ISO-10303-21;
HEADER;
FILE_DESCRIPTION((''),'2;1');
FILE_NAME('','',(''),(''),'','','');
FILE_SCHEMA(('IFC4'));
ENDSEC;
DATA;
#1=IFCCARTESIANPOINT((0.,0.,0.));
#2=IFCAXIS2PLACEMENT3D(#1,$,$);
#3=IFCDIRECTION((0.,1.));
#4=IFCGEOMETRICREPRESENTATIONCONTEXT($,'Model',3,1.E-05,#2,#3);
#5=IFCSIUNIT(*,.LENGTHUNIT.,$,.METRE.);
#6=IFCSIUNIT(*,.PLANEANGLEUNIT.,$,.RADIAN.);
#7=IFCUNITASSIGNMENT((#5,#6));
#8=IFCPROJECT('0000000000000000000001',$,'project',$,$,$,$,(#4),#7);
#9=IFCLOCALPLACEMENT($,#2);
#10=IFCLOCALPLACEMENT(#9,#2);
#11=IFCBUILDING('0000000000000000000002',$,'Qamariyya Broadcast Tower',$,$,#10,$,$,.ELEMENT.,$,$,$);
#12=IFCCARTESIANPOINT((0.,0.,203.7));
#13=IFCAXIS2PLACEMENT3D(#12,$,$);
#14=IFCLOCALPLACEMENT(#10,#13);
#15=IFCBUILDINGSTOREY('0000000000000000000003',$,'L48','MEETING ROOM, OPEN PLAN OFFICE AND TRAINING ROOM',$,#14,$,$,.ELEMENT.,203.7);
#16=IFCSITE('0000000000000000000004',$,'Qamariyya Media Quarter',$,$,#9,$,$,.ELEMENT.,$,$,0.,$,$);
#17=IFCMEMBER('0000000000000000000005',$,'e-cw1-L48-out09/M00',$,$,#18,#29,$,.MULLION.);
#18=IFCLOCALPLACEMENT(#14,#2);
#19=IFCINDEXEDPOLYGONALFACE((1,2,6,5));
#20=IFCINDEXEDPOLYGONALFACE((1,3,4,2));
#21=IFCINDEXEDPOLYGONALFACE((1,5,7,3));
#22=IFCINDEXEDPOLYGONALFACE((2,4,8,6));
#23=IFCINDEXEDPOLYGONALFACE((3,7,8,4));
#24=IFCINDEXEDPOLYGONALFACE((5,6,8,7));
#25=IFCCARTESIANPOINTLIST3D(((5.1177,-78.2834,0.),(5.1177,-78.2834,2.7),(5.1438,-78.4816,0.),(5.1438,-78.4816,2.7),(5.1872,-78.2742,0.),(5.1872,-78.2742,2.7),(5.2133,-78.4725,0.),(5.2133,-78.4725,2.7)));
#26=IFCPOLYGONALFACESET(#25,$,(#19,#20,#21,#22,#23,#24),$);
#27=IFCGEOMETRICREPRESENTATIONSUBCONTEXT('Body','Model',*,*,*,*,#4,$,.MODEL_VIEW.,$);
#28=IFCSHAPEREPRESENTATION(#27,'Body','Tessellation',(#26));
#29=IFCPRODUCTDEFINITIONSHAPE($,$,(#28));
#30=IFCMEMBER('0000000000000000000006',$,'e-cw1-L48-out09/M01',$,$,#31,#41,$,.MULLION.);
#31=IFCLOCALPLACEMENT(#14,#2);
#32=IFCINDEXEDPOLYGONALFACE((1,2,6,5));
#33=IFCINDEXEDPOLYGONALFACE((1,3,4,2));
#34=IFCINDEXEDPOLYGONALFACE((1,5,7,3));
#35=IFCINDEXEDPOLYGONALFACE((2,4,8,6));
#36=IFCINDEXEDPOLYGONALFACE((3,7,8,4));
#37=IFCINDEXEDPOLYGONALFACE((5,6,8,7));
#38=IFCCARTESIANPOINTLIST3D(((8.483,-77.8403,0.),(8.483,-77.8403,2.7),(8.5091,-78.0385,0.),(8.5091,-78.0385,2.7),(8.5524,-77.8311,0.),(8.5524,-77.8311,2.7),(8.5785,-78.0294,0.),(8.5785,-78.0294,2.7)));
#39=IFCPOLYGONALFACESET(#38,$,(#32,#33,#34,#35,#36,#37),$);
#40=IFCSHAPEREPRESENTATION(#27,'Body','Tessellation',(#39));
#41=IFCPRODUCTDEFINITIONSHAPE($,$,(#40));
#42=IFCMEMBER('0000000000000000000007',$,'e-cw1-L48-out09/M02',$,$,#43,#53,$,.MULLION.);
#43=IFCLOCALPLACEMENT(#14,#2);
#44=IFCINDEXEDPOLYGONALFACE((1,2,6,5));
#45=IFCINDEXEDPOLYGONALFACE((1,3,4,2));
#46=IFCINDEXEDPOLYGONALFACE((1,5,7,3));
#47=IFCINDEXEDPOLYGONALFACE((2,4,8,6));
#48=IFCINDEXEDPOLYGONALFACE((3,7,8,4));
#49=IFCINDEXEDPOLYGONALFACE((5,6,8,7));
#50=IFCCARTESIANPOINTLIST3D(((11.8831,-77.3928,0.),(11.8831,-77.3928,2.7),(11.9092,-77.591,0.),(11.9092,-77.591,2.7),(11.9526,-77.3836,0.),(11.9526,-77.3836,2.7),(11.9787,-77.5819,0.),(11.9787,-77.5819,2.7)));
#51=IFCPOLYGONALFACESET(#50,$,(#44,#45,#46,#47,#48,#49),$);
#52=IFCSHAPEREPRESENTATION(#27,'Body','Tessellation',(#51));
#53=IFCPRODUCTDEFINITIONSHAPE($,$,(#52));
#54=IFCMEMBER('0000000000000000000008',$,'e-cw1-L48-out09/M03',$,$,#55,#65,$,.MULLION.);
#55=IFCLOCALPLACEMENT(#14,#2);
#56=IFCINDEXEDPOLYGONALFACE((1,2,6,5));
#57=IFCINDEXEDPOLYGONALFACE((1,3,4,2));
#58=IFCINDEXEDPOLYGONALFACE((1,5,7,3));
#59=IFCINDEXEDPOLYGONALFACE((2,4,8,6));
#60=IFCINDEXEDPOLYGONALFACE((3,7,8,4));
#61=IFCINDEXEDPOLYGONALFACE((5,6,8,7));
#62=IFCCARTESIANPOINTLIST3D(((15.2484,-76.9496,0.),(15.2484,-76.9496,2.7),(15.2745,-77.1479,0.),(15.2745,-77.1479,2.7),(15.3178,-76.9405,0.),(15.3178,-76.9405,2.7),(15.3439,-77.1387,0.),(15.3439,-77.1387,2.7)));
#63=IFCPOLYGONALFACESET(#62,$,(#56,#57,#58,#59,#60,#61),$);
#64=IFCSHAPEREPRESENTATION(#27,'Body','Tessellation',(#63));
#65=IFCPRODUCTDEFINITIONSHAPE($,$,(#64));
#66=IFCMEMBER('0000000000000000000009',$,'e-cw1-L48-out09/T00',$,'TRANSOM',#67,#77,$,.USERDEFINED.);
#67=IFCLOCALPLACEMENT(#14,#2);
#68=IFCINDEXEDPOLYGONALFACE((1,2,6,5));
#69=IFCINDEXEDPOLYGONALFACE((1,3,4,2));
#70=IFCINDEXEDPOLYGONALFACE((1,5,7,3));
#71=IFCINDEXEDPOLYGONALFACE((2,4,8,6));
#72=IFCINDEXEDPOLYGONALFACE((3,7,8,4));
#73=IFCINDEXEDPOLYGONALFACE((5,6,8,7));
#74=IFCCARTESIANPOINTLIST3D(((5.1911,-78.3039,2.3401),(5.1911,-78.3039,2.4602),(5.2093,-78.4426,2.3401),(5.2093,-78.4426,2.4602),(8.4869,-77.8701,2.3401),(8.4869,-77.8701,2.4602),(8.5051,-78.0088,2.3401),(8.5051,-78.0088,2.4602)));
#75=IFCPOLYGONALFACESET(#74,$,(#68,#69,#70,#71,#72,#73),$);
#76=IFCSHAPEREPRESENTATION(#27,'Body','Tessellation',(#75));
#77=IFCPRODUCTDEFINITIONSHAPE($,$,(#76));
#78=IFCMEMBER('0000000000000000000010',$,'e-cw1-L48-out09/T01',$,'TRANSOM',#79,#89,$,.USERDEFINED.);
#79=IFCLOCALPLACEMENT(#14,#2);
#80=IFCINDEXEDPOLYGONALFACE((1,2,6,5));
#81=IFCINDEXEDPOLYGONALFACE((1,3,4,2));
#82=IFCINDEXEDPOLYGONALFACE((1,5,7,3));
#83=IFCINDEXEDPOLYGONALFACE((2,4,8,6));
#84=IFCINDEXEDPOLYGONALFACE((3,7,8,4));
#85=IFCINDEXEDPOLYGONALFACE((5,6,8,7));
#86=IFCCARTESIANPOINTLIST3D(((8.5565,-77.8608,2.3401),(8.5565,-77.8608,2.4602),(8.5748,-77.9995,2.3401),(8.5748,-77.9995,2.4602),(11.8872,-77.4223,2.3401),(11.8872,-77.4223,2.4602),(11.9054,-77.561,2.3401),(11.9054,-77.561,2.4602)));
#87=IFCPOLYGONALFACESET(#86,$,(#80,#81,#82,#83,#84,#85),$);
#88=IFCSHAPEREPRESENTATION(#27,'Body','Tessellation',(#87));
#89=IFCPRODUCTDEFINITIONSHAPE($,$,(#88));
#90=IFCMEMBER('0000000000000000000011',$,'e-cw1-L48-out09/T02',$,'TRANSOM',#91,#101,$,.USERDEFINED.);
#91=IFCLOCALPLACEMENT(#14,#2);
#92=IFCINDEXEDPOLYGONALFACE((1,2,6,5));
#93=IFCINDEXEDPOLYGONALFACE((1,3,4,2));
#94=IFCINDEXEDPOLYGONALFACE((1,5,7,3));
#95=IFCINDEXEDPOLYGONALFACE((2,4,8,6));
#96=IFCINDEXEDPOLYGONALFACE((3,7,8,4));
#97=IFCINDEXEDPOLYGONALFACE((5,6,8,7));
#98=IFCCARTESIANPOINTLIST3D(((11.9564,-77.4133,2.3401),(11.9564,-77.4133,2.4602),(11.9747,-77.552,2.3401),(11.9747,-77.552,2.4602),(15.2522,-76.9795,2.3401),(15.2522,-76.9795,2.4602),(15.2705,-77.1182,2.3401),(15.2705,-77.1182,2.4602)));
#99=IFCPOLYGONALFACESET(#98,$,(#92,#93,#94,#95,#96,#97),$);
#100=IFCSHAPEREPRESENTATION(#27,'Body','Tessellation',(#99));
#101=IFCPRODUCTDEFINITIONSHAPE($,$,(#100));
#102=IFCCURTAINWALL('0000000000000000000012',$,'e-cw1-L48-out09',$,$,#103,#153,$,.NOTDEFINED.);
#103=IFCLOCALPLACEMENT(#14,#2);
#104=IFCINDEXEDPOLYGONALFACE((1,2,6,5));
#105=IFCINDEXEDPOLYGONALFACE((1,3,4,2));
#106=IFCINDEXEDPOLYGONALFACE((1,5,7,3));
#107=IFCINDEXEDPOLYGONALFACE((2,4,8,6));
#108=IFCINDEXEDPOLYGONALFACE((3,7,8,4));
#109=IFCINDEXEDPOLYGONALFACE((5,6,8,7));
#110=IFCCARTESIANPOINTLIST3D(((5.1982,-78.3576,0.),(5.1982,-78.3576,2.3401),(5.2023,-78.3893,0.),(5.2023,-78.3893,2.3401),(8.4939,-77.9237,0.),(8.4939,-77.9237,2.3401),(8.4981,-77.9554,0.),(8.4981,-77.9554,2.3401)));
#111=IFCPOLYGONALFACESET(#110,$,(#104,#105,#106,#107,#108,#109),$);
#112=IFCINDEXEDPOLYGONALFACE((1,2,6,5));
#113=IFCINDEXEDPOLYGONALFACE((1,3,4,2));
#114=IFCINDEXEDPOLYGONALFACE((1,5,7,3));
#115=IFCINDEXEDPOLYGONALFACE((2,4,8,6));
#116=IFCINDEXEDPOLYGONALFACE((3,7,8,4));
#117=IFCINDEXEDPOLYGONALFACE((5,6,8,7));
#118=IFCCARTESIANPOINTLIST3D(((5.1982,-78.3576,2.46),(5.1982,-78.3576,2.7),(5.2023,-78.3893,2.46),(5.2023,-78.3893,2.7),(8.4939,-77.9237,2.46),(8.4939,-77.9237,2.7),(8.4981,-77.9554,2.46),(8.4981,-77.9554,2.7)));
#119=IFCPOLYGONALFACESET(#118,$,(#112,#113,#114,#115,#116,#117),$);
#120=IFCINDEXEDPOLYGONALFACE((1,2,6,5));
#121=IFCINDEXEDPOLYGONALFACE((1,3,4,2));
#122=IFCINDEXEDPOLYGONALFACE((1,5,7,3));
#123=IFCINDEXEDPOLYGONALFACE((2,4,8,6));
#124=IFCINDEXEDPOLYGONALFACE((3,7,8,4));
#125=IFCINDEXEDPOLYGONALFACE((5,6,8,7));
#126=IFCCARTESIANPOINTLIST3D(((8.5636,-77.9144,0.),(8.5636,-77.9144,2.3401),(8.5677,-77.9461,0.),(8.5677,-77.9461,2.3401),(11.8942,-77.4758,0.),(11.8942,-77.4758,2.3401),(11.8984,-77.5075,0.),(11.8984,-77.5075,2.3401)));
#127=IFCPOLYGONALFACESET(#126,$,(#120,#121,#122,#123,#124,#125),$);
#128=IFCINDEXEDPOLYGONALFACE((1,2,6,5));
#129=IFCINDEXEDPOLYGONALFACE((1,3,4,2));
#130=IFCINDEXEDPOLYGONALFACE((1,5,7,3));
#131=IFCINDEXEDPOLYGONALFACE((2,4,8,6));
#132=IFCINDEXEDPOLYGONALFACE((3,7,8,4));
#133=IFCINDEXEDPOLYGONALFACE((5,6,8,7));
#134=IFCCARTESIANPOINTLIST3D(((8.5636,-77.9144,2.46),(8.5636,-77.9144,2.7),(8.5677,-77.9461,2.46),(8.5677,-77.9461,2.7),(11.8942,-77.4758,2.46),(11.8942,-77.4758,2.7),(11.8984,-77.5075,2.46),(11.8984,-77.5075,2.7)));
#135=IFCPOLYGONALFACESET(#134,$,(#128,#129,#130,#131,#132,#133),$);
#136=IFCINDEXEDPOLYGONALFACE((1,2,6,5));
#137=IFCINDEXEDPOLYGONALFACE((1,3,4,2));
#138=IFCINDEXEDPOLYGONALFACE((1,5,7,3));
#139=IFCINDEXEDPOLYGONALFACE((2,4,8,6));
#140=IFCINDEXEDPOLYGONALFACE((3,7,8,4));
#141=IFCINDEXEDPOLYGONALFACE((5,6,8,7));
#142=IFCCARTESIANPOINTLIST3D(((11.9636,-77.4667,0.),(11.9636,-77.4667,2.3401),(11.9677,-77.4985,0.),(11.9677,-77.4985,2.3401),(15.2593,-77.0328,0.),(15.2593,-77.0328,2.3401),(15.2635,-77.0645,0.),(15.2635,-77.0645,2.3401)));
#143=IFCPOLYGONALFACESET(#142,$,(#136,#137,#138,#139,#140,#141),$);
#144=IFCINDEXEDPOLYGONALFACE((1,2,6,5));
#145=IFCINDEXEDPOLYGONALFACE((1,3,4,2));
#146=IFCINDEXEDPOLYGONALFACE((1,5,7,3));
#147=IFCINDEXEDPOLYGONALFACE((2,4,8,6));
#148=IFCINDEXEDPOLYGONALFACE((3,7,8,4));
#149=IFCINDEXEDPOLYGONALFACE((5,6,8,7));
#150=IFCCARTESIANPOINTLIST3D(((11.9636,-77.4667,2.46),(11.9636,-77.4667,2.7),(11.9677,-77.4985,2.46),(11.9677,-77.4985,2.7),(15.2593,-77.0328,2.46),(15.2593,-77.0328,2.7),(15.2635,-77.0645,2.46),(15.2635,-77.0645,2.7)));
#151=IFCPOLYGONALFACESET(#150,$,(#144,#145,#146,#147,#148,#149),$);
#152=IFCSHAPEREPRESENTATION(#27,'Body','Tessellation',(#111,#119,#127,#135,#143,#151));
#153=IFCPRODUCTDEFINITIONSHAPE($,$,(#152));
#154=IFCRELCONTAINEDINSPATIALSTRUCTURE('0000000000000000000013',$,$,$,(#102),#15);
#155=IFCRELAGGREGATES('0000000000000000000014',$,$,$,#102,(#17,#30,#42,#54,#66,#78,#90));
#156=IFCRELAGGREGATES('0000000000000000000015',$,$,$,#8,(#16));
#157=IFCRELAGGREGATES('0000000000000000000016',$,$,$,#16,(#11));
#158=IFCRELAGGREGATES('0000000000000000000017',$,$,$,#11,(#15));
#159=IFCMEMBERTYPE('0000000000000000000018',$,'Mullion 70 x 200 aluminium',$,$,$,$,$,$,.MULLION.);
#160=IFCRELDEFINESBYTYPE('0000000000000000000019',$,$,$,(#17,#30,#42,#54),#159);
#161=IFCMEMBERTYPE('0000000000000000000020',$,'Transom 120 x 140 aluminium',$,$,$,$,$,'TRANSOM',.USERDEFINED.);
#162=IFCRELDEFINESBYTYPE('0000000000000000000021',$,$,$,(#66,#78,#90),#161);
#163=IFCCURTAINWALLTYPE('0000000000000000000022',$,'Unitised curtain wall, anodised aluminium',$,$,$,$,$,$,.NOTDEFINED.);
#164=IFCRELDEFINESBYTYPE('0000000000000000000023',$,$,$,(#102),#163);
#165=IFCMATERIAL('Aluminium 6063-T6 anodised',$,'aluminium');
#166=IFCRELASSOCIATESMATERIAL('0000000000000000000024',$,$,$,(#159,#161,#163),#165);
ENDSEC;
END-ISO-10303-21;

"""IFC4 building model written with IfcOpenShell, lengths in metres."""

from ifc_helpers import new_model, si_unit, direction, frame, origin, origin_2d, place, context, subcontext, project, spatial, rectangle, extrude, material, material_profile, profile_set, type_object, element, aggregate, save


model = new_model("IFC4")

# Units and contexts
model_context = context("Model", 3, precision=1e-05, world=origin(), true_north=direction((0.0, 1.0)))
body_context = subcontext(model_context, "Body", "Model", "MODEL_VIEW")
ifc_project = project(units=[si_unit("LENGTHUNIT", "METRE"), si_unit("PLANEANGLEUNIT", "RADIAN")], contexts=[model_context])

# Members
ifc_material = material(Name="Aluminium 6063-T6 anodised", Category="aluminium")
ifc_material_profile_1 = material_profile(ifc_material, rectangle(XDim=0.2, YDim=0.0701, at=origin_2d()))
ifc_profile_set_1 = profile_set([ifc_material_profile_1], Name="Aluminium 6063-T6 anodised")
member_type_1 = type_object("IfcMemberType", Name="Mullion 70 x 200 aluminium", PredefinedType="MULLION", material=ifc_profile_set_1)
site_placement = place(None, origin())
building_placement = place(site_placement, origin())
storey_placement = place(building_placement, frame((0.0, 0.0, 203.7)))
member_1_placement = place(storey_placement, frame((5.1655, -78.3779, 0.0), z_axis=(0.0, 0.0, 1.0), x_axis=(-0.130526, 0.991445, 0.0)))
member_1 = element("IfcMember", 1, at=member_1_placement, type_object=member_type_1, Name="e-cw1-L48-out09/M00", PredefinedType="MULLION", context=body_context, shape_type="SweptSolid", body=[
    extrude(rectangle(XDim=0.2, YDim=0.0701, at=origin_2d()), origin(), (0.0, 0.0, 1.0), 2.7),
])
member_2_placement = place(storey_placement, frame((8.5308, -77.9348, 0.0), z_axis=(0.0, 0.0, 1.0), x_axis=(-0.130526, 0.991445, 0.0)))
member_2 = element("IfcMember", 2, at=member_2_placement, type_object=member_type_1, Name="e-cw1-L48-out09/M01", PredefinedType="MULLION", context=body_context, shape_type="SweptSolid", body=[
    extrude(rectangle(XDim=0.2, YDim=0.0701, at=origin_2d()), origin(), (0.0, 0.0, 1.0), 2.7),
])
member_3_placement = place(storey_placement, frame((11.9309, -77.4873, 0.0), z_axis=(0.0, 0.0, 1.0), x_axis=(-0.130526, 0.991445, 0.0)))
member_3 = element("IfcMember", 3, at=member_3_placement, type_object=member_type_1, Name="e-cw1-L48-out09/M02", PredefinedType="MULLION", context=body_context, shape_type="SweptSolid", body=[
    extrude(rectangle(XDim=0.2, YDim=0.0701, at=origin_2d()), origin(), (0.0, 0.0, 1.0), 2.7),
])
member_4_placement = place(storey_placement, frame((15.2961, -77.0442, 0.0), z_axis=(0.0, 0.0, 1.0), x_axis=(-0.130526, 0.991445, 0.0)))
member_4 = element("IfcMember", 4, at=member_4_placement, type_object=member_type_1, Name="e-cw1-L48-out09/M03", PredefinedType="MULLION", context=body_context, shape_type="SweptSolid", body=[
    extrude(rectangle(XDim=0.2, YDim=0.0701, at=origin_2d()), origin(), (0.0, 0.0, 1.0), 2.7),
])
ifc_material_profile_2 = material_profile(ifc_material, rectangle(XDim=0.1399, YDim=0.1201, at=origin_2d()))
ifc_profile_set_2 = profile_set([ifc_material_profile_2], Name="Aluminium 6063-T6 anodised")
member_type_2 = type_object("IfcMemberType", Name="Transom 120 x 140 aluminium", ElementType="TRANSOM", PredefinedType="USERDEFINED", material=ifc_profile_set_2)
member_5_placement = place(storey_placement, frame((5.2002, -78.3733, 2.4001), z_axis=(0.991448, 0.130504, 0.0), x_axis=(-0.130504, 0.991448, 0.0)))
member_5 = element("IfcMember", 5, at=member_5_placement, type_object=member_type_2, Name="e-cw1-L48-out09/T00", ObjectType="TRANSOM", PredefinedType="USERDEFINED", context=body_context, shape_type="SweptSolid", body=[
    extrude(rectangle(XDim=0.1399, YDim=0.1201, at=origin_2d()), origin(), (0.0, 0.0, 1.0), 3.3242),
])
member_6_placement = place(storey_placement, frame((8.5657, -77.9302, 2.4001), z_axis=(0.991445, 0.130526, 0.0), x_axis=(-0.130526, 0.991445, 0.0)))
member_6 = element("IfcMember", 6, at=member_6_placement, type_object=member_type_2, Name="e-cw1-L48-out09/T01", ObjectType="TRANSOM", PredefinedType="USERDEFINED", context=body_context, shape_type="SweptSolid", body=[
    extrude(rectangle(XDim=0.1399, YDim=0.1201, at=origin_2d()), origin(), (0.0, 0.0, 1.0), 3.3594),
])
member_7_placement = place(storey_placement, frame((11.9656, -77.4827, 2.4001), z_axis=(0.991448, 0.130504, 0.0), x_axis=(-0.130504, 0.991448, 0.0)))
member_7 = element("IfcMember", 7, at=member_7_placement, type_object=member_type_2, Name="e-cw1-L48-out09/T02", ObjectType="TRANSOM", PredefinedType="USERDEFINED", context=body_context, shape_type="SweptSolid", body=[
    extrude(rectangle(XDim=0.1399, YDim=0.1201, at=origin_2d()), origin(), (0.0, 0.0, 1.0), 3.3242),
])

# Site, building, storey
site = spatial("IfcSite", under=ifc_project, at=site_placement, Name="Qamariyya Media Quarter", CompositionType="ELEMENT", RefElevation=0.0)
building = spatial("IfcBuilding", under=site, at=building_placement, Name="Qamariyya Broadcast Tower", CompositionType="ELEMENT")
storey = spatial("IfcBuildingStorey", under=building, at=storey_placement, Name="L48", Description="MEETING ROOM, OPEN PLAN OFFICE AND TRAINING ROOM", CompositionType="ELEMENT", Elevation=203.7)

# Curtain wall
curtain_wall_type = type_object("IfcCurtainWallType", Name="Unitised curtain wall, anodised aluminium", PredefinedType="NOTDEFINED", material=ifc_material)
curtain_wall_1_placement = place(storey_placement, origin())
curtain_wall_1 = element("IfcCurtainWall", 8, at=curtain_wall_1_placement, inside=storey, type_object=curtain_wall_type, Name="e-cw1-L48-out09", PredefinedType="NOTDEFINED", context=body_context, shape_type="SweptSolid", body=[
    extrude(rectangle(XDim=3.3242, YDim=0.032, at=origin_2d()), frame((6.8481, -78.1565, 0.0), x_axis=(0.991443, 0.130542, 0.0)), (0.0, 0.0, 1.0), 2.3401),
    extrude(rectangle(XDim=3.3242, YDim=0.032, at=origin_2d()), frame((6.8481, -78.1565, 2.46), x_axis=(0.991443, 0.130542, 0.0)), (0.0, 0.0, 1.0), 0.24),
    extrude(rectangle(XDim=3.3594, YDim=0.032, at=origin_2d()), frame((10.231, -77.7109, 0.0), x_axis=(0.991443, 0.130542, 0.0)), (0.0, 0.0, 1.0), 2.3401),
    extrude(rectangle(XDim=3.3594, YDim=0.032, at=origin_2d()), frame((10.231, -77.7109, 2.46), x_axis=(0.991443, 0.130542, 0.0)), (0.0, 0.0, 1.0), 0.24),
    extrude(rectangle(XDim=3.3242, YDim=0.032, at=origin_2d()), frame((13.6135, -77.2656, 0.0), x_axis=(0.991443, 0.130542, 0.0)), (0.0, 0.0, 1.0), 2.3401),
    extrude(rectangle(XDim=3.3242, YDim=0.032, at=origin_2d()), frame((13.6135, -77.2656, 2.46), x_axis=(0.991443, 0.130542, 0.0)), (0.0, 0.0, 1.0), 0.24),
])
aggregate(curtain_wall_1, [member_1, member_2, member_3, member_4, member_5, member_6, member_7])

save(model, "model.ifc")
